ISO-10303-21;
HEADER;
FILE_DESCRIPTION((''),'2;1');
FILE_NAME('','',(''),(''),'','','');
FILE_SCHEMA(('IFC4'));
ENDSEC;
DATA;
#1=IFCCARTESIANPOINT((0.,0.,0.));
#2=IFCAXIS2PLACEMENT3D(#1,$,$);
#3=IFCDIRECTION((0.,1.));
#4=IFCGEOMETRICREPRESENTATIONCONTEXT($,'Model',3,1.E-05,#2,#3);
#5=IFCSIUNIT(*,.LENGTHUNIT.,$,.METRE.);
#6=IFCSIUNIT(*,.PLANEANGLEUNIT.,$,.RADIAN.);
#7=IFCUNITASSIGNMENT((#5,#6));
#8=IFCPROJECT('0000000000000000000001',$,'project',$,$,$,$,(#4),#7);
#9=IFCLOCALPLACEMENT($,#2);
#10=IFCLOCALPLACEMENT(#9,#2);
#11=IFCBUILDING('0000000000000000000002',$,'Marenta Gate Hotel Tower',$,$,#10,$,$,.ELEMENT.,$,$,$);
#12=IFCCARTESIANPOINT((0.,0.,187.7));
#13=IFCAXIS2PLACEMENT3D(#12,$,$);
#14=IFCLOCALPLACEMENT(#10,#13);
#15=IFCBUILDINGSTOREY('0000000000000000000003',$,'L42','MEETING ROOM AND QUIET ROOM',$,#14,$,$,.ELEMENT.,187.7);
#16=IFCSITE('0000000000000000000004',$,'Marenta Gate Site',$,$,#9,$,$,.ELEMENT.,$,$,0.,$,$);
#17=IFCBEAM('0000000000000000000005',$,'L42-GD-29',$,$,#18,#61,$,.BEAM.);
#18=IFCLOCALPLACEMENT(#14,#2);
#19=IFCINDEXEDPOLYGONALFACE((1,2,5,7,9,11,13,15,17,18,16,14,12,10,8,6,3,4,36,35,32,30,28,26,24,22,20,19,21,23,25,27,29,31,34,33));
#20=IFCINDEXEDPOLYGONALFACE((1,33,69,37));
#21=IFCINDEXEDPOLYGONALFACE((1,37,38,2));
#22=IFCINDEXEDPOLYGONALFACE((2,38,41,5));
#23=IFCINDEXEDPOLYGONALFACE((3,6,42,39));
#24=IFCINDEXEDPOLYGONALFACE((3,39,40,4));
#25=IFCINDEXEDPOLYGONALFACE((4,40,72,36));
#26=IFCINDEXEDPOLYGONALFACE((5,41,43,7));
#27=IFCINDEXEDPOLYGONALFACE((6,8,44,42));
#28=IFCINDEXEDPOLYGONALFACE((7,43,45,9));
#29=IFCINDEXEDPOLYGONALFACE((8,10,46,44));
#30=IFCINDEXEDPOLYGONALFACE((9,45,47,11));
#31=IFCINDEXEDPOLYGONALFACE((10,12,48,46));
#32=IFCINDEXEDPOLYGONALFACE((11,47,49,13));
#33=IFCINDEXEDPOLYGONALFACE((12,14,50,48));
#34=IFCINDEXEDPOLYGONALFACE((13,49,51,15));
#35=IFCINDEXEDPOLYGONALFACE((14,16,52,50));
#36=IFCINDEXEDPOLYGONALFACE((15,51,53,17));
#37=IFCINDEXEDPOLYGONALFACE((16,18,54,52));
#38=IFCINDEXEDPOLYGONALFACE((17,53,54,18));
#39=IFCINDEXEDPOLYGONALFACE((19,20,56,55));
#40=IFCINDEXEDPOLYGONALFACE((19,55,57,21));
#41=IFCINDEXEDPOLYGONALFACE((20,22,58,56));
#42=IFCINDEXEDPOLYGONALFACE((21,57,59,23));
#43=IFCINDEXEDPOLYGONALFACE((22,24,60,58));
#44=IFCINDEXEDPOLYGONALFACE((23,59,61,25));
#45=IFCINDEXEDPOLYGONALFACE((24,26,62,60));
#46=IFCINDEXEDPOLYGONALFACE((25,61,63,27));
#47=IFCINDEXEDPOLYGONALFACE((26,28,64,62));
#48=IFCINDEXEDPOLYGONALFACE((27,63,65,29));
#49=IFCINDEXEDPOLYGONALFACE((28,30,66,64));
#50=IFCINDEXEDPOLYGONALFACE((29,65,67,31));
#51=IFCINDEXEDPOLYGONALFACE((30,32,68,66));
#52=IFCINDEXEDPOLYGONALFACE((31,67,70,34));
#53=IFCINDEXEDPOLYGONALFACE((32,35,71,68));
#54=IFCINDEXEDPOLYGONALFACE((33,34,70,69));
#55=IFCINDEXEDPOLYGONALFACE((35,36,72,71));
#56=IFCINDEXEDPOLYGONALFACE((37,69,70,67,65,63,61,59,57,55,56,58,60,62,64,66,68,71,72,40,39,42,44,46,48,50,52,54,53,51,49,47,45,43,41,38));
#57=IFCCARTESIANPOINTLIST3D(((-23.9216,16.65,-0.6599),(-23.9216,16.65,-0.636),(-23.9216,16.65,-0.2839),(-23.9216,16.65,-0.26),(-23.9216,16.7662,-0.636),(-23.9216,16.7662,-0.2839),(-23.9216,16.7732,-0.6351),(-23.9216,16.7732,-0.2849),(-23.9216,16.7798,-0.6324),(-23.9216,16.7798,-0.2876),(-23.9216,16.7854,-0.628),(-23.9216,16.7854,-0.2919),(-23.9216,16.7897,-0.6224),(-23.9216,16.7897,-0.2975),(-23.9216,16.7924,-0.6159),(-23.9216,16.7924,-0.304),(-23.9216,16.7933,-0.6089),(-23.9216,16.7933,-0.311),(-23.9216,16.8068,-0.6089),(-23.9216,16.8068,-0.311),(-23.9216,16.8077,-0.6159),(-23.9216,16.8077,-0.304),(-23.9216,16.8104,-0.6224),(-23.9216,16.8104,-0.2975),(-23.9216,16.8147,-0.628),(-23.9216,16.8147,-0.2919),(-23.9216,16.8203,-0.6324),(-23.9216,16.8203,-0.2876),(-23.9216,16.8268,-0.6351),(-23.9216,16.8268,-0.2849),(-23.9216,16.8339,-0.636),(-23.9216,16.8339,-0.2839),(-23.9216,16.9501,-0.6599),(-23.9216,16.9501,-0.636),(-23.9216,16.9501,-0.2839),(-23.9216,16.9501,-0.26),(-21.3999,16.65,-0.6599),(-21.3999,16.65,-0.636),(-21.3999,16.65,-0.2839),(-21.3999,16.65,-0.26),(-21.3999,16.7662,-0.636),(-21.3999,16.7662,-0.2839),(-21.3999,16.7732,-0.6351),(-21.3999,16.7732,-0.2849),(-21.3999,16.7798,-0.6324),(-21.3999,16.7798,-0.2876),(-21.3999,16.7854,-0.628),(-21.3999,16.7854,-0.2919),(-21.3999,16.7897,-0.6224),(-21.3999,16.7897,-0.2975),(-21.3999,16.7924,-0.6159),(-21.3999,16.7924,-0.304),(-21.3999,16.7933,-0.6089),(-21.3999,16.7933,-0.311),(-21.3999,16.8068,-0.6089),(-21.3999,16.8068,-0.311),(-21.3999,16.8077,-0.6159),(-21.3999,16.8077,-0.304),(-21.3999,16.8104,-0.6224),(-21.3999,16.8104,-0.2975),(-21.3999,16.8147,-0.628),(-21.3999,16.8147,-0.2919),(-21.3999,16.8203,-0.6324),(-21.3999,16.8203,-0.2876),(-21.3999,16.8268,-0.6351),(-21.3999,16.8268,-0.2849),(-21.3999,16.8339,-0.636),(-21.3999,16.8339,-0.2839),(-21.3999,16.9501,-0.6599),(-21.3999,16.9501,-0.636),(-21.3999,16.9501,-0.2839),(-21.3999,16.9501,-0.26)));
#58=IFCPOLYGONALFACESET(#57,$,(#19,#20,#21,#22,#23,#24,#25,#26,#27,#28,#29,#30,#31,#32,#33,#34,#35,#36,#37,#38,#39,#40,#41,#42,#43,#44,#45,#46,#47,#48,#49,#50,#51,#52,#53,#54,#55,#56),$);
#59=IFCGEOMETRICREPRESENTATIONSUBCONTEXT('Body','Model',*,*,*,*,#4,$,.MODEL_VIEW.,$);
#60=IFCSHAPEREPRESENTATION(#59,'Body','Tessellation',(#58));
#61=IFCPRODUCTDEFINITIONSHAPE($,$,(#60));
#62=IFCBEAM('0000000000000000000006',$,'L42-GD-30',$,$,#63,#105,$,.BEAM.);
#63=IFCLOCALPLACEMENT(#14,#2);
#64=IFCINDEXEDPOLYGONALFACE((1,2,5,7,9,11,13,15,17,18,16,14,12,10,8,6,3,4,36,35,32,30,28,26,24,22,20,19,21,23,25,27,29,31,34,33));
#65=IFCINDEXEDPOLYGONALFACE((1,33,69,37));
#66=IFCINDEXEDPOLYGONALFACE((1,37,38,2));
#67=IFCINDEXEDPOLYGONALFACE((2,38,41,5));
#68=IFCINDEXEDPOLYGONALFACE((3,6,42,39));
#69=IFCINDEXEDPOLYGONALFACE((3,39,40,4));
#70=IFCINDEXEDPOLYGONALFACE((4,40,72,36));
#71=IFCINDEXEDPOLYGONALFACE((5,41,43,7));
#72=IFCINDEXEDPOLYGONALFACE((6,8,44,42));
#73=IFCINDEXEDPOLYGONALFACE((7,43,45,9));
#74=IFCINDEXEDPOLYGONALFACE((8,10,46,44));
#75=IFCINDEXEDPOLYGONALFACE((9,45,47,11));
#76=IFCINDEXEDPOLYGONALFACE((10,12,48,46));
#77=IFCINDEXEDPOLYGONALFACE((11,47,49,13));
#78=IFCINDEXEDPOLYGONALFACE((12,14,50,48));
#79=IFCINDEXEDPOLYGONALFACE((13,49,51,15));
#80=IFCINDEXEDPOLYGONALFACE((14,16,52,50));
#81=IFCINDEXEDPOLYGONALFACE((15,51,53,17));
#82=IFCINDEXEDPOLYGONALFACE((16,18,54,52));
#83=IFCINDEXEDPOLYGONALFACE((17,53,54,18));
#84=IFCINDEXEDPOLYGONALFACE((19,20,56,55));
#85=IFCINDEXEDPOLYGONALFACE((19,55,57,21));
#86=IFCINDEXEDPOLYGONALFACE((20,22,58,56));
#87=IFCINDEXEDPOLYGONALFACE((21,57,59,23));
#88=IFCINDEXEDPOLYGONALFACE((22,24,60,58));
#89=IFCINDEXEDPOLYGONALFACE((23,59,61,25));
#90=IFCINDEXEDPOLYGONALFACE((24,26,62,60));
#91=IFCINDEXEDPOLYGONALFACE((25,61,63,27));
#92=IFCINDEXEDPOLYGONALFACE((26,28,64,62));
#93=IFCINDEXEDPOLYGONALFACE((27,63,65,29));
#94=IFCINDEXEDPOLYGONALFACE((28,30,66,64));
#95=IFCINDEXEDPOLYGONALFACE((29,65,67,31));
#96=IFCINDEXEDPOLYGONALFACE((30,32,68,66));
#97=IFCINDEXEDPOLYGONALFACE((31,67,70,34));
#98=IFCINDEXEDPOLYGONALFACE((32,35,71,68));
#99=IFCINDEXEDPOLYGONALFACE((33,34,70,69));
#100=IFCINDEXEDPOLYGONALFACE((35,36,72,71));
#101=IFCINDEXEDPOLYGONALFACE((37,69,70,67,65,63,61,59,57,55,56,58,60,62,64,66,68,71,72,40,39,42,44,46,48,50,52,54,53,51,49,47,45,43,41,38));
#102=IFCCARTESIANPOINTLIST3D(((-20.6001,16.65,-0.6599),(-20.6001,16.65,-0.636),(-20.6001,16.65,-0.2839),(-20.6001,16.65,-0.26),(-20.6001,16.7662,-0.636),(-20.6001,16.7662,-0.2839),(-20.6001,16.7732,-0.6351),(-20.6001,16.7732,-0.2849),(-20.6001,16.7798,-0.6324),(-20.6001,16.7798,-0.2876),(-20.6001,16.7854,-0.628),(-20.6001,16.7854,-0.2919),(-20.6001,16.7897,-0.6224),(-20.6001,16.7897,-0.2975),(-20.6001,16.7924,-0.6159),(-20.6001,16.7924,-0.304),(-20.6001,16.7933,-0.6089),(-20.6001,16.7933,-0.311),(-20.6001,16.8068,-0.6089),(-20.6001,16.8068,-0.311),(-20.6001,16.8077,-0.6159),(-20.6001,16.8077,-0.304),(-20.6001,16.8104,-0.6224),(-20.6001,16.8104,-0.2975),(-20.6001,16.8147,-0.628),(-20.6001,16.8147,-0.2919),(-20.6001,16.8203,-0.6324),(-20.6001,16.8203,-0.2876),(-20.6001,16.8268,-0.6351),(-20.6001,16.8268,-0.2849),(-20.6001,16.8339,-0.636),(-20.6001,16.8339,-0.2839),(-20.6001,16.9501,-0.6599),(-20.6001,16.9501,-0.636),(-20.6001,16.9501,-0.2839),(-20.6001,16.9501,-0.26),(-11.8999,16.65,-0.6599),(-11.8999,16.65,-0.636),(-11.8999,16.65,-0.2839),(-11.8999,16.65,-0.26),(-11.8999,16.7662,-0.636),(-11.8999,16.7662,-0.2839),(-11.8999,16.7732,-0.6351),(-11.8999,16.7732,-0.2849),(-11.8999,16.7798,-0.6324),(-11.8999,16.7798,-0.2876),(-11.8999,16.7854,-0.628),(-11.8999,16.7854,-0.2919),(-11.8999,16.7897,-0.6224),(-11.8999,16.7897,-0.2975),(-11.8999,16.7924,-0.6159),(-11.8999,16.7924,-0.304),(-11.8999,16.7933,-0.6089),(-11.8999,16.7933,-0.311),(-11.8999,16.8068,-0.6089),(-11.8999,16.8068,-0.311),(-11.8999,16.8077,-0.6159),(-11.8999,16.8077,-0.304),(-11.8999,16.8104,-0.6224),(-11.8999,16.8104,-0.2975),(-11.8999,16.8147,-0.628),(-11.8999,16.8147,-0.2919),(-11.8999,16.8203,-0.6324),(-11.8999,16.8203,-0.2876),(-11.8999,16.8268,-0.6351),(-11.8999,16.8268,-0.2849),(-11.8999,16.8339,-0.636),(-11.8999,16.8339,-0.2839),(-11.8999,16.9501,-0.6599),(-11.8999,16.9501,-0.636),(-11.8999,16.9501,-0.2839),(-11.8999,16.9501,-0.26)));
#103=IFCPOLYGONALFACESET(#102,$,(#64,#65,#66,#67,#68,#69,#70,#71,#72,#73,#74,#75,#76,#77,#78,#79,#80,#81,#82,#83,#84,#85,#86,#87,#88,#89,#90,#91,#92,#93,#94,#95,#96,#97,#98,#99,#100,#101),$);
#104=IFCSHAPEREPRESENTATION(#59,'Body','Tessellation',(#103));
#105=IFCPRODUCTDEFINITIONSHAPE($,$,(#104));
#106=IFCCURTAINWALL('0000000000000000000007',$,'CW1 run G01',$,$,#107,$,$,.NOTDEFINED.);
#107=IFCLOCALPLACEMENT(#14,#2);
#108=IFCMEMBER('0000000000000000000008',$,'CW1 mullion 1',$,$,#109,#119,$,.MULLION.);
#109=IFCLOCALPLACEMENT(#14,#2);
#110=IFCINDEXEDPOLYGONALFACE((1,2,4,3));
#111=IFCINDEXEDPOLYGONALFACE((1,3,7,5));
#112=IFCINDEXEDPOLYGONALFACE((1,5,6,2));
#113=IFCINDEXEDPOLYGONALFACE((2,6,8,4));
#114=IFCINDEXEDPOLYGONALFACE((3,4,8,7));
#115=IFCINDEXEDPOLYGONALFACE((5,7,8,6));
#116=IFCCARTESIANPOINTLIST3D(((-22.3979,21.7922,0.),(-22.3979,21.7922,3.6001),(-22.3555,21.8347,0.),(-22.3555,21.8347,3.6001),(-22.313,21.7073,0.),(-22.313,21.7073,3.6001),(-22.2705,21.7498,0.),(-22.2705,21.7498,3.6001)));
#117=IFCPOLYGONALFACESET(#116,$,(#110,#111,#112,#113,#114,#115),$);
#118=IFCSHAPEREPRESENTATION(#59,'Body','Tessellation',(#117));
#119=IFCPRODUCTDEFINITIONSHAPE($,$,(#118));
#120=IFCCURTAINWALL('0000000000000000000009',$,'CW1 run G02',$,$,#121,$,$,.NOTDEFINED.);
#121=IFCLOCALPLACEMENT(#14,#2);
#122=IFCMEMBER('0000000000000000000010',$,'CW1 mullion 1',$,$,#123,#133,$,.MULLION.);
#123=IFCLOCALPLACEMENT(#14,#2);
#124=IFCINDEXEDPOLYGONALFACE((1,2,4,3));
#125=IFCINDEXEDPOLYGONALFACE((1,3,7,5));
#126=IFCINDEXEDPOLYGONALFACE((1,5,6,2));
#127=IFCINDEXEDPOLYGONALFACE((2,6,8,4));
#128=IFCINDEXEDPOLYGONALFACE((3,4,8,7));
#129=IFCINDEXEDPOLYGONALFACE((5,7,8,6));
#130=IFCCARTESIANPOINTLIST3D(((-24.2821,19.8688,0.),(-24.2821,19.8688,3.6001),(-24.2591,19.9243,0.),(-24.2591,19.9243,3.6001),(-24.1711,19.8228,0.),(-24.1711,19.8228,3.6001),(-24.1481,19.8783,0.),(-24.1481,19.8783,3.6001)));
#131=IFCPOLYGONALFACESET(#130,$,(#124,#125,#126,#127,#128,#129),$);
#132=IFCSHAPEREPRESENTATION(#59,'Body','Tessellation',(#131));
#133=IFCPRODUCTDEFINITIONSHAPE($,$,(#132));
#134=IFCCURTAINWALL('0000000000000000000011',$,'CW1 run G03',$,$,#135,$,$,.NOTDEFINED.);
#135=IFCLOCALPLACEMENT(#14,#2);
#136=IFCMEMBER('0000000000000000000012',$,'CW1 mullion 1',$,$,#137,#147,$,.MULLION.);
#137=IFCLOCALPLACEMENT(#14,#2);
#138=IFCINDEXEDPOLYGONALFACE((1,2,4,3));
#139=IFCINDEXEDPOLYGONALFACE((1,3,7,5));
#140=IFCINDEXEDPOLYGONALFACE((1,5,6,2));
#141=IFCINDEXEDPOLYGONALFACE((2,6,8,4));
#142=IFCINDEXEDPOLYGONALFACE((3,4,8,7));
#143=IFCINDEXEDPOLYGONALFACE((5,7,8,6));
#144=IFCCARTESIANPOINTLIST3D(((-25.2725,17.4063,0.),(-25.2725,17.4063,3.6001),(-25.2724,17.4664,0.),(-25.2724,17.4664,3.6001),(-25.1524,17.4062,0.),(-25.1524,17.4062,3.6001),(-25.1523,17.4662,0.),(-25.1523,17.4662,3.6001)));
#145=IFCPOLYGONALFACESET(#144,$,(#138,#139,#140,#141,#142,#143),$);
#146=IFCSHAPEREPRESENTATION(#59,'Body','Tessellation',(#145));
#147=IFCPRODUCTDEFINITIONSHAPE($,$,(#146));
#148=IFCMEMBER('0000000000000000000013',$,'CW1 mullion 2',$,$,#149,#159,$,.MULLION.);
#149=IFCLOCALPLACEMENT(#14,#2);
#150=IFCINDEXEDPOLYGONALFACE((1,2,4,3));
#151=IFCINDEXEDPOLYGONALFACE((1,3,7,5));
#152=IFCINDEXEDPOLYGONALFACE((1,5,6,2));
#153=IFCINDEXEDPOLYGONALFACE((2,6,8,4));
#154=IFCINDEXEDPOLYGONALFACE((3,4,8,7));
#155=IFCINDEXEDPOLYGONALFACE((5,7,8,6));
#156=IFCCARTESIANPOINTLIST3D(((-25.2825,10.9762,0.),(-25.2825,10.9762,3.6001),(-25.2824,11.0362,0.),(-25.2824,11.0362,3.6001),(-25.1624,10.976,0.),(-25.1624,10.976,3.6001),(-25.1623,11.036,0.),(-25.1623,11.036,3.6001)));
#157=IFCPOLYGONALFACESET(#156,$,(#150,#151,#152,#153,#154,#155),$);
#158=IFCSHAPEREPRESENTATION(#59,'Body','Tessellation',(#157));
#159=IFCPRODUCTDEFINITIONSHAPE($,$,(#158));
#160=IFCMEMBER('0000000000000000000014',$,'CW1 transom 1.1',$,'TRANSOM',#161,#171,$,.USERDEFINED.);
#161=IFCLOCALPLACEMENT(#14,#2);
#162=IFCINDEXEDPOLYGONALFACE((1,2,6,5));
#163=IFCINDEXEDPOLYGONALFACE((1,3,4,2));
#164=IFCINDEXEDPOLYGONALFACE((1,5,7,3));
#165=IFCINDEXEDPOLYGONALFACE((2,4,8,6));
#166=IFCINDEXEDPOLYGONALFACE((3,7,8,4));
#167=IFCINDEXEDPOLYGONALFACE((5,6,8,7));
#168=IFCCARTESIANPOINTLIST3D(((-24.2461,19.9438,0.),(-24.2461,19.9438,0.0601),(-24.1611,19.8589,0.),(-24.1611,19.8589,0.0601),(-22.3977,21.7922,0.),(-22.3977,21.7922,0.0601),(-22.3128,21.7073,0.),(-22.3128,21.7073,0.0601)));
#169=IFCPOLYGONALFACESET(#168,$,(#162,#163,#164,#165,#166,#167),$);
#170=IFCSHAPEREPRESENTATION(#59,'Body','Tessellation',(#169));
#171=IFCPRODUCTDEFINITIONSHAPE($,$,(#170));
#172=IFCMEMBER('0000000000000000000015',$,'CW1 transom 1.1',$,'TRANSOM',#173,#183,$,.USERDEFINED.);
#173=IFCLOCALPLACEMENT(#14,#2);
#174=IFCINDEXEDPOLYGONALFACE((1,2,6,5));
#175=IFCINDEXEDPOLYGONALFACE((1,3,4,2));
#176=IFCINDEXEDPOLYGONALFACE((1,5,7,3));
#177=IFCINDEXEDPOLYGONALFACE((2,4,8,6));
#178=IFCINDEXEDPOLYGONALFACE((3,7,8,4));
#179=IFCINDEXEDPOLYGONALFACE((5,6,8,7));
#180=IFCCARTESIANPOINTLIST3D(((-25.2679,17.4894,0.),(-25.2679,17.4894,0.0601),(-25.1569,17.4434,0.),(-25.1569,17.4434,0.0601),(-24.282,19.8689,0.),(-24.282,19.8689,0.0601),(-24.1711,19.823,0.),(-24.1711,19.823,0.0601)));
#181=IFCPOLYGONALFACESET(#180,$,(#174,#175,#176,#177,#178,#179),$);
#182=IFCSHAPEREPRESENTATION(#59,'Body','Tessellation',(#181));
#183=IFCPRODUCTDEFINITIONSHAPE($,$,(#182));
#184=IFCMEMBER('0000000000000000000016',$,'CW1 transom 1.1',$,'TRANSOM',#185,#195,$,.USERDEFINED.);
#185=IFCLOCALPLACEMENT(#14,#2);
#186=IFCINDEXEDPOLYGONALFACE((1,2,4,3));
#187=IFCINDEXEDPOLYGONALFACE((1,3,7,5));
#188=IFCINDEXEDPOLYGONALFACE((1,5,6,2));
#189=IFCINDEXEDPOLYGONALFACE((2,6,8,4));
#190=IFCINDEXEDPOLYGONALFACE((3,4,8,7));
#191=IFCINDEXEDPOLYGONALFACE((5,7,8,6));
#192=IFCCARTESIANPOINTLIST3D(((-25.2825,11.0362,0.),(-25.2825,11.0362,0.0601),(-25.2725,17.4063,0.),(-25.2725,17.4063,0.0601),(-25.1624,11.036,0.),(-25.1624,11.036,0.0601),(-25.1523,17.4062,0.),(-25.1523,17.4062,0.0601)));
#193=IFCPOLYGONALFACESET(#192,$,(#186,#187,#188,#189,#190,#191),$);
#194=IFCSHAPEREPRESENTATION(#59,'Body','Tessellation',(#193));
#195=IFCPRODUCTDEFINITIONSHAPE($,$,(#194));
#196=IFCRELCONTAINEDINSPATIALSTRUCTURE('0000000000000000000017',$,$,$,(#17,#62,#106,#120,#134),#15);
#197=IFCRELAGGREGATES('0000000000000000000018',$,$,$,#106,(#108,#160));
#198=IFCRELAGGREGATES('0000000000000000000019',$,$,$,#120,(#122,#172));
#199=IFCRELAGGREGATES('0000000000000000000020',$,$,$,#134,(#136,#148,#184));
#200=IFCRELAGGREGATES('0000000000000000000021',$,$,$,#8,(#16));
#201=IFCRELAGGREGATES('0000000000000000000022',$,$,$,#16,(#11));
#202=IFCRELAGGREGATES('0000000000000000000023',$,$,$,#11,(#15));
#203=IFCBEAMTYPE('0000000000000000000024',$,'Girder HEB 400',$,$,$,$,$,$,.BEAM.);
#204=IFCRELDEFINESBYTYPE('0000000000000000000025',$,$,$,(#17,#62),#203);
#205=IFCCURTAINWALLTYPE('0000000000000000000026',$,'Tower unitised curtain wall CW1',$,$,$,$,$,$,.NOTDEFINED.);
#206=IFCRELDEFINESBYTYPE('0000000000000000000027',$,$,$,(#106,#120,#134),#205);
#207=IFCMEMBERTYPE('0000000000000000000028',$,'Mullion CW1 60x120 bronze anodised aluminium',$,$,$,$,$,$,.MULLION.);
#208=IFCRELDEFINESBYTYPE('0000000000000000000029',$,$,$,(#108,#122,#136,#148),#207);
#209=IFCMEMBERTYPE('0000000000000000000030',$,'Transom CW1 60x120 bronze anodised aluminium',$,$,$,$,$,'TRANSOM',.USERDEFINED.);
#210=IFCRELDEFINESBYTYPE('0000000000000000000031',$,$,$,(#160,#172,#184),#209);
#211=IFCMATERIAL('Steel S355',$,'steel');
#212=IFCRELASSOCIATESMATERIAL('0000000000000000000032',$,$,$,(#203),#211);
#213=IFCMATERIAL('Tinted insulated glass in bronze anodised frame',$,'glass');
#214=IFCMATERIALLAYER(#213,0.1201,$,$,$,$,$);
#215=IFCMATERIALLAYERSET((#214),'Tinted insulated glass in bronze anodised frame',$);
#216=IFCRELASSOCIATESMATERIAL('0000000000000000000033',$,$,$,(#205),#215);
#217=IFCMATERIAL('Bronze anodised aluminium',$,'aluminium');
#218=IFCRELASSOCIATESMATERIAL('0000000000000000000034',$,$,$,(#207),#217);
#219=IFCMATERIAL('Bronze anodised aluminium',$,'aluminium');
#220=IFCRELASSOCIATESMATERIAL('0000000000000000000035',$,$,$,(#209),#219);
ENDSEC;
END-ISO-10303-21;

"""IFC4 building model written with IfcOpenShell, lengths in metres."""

from ifc_helpers import new_model, si_unit, direction, frame, origin, origin_2d, place, context, subcontext, project, spatial, rectangle, i_section, extrude, material, layer, layer_set, material_profile, profile_set, type_object, element, aggregate, save


model = new_model("IFC4")

# Units and contexts
model_context = context("Model", 3, precision=1e-05, world=origin(), true_north=direction((0.0, 1.0)))
body_context = subcontext(model_context, "Body", "Model", "MODEL_VIEW")
ifc_project = project(units=[si_unit("LENGTHUNIT", "METRE"), si_unit("PLANEANGLEUNIT", "RADIAN")], contexts=[model_context])

# Site, building, storey
site_placement = place(None, origin())
site = spatial("IfcSite", under=ifc_project, at=site_placement, Name="Marenta Gate Site", CompositionType="ELEMENT", RefElevation=0.0)
building_placement = place(site_placement, origin())
building = spatial("IfcBuilding", under=site, at=building_placement, Name="Marenta Gate Hotel Tower", CompositionType="ELEMENT")
storey_placement = place(building_placement, frame((0.0, 0.0, 187.7)))
storey = spatial("IfcBuildingStorey", under=building, at=storey_placement, Name="L42", Description="MEETING ROOM AND QUIET ROOM", CompositionType="ELEMENT", Elevation=187.7)

# Beams
ifc_material_1 = material(Name="Steel S355", Category="steel")
ifc_material_profile_1 = material_profile(ifc_material_1, i_section(OverallWidth=0.3, OverallDepth=0.3999, WebThickness=0.0134, FlangeThickness=0.0239, FilletRadius=0.0271, at=origin_2d()), Name="HEB 400")
ifc_profile_set_1 = profile_set([ifc_material_profile_1], Name="Steel S355")
beam_type_1 = type_object("IfcBeamType", Name="Girder HEB 400", PredefinedType="BEAM", material=ifc_profile_set_1)
beam_1_placement = place(storey_placement, frame((-23.9216, 16.8, -0.46), z_axis=(1.0, 0.0, 0.0), x_axis=(0.0, 1.0, 0.0)))
element("IfcBeam", 1, at=beam_1_placement, inside=storey, type_object=beam_type_1, Name="L42-GD-29", PredefinedType="BEAM", context=body_context, shape_type="SweptSolid", body=[
    extrude(i_section(OverallWidth=0.3, OverallDepth=0.3999, WebThickness=0.0134, FlangeThickness=0.0239, FilletRadius=0.0271, at=origin_2d()), origin(), (0.0, 0.0, 1.0), 2.5217),
])
beam_2_placement = place(storey_placement, frame((-20.6001, 16.8, -0.46), z_axis=(1.0, 0.0, 0.0), x_axis=(0.0, 1.0, 0.0)))
element("IfcBeam", 2, at=beam_2_placement, inside=storey, type_object=beam_type_1, Name="L42-GD-30", PredefinedType="BEAM", context=body_context, shape_type="SweptSolid", body=[
    extrude(i_section(OverallWidth=0.3, OverallDepth=0.3999, WebThickness=0.0134, FlangeThickness=0.0239, FilletRadius=0.0271, at=origin_2d()), origin(), (0.0, 0.0, 1.0), 8.7002),
])

# Curtain walls, members
ifc_material_2 = material(Name="Tinted insulated glass in bronze anodised frame", Category="glass")
ifc_layer_1 = layer(ifc_material_2, 0.1201)
ifc_layer_set_1 = layer_set([ifc_layer_1], Name="Tinted insulated glass in bronze anodised frame")
curtain_wall_type = type_object("IfcCurtainWallType", Name="Tower unitised curtain wall CW1", PredefinedType="NOTDEFINED", material=ifc_layer_set_1)
curtain_wall_1_placement = place(storey_placement, origin())
curtain_wall_1 = element("IfcCurtainWall", 3, at=curtain_wall_1_placement, inside=storey, type_object=curtain_wall_type, Name="CW1 run G01", PredefinedType="NOTDEFINED")
ifc_material_3 = material(Name="Bronze anodised aluminium", Category="aluminium")
ifc_material_profile_2 = material_profile(ifc_material_3, rectangle(XDim=0.1201, YDim=0.0601, at=origin_2d()), Name="Mullion CW1 60x120 bronze anodised aluminium")
ifc_profile_set_2 = profile_set([ifc_material_profile_2], Name="Bronze anodised aluminium")
member_type_1 = type_object("IfcMemberType", Name="Mullion CW1 60x120 bronze anodised aluminium", PredefinedType="MULLION", material=ifc_profile_set_2)
member_1_placement = place(storey_placement, frame((-22.3342, 21.771, 0.0), z_axis=(0.0, 0.0, 1.0), x_axis=(0.707107, -0.707107, 0.0)))
member_1 = element("IfcMember", 4, at=member_1_placement, type_object=member_type_1, Name="CW1 mullion 1", PredefinedType="MULLION", context=body_context, shape_type="SweptSolid", body=[
    extrude(rectangle(XDim=0.1201, YDim=0.0601, at=origin_2d()), origin(), (0.0, 0.0, 1.0), 3.6001),
])
curtain_wall_2_placement = place(storey_placement, origin())
curtain_wall_2 = element("IfcCurtainWall", 5, at=curtain_wall_2_placement, inside=storey, type_object=curtain_wall_type, Name="CW1 run G02", PredefinedType="NOTDEFINED")
member_2_placement = place(storey_placement, frame((-24.2151, 19.8735, 0.0), z_axis=(0.0, 0.0, 1.0), x_axis=(0.923886, -0.382667, 0.0)))
member_2 = element("IfcMember", 6, at=member_2_placement, type_object=member_type_1, Name="CW1 mullion 1", PredefinedType="MULLION", context=body_context, shape_type="SweptSolid", body=[
    extrude(rectangle(XDim=0.1201, YDim=0.0601, at=origin_2d()), origin(), (0.0, 0.0, 1.0), 3.6001),
])

# Curtain wall, members
curtain_wall_3_placement = place(storey_placement, origin())
curtain_wall_3 = element("IfcCurtainWall", 7, at=curtain_wall_3_placement, inside=storey, type_object=curtain_wall_type, Name="CW1 run G03", PredefinedType="NOTDEFINED")
member_3_placement = place(storey_placement, frame((-25.2124, 17.4363, 0.0), z_axis=(0.0, 0.0, 1.0), x_axis=(0.999999, -0.001566, 0.0)))
member_3 = element("IfcMember", 8, at=member_3_placement, type_object=member_type_1, Name="CW1 mullion 1", PredefinedType="MULLION", context=body_context, shape_type="SweptSolid", body=[
    extrude(rectangle(XDim=0.1201, YDim=0.0601, at=origin_2d()), origin(), (0.0, 0.0, 1.0), 3.6001),
])
member_4_placement = place(storey_placement, frame((-25.2224, 11.0061, 0.0), z_axis=(0.0, 0.0, 1.0), x_axis=(0.999999, -0.001566, 0.0)))
member_4 = element("IfcMember", 9, at=member_4_placement, type_object=member_type_1, Name="CW1 mullion 2", PredefinedType="MULLION", context=body_context, shape_type="SweptSolid", body=[
    extrude(rectangle(XDim=0.1201, YDim=0.0601, at=origin_2d()), origin(), (0.0, 0.0, 1.0), 3.6001),
])

# Members
ifc_material_4 = material(Name="Bronze anodised aluminium", Category="aluminium")
ifc_material_profile_3 = material_profile(ifc_material_4, rectangle(XDim=0.1201, YDim=0.0601, at=origin_2d()), Name="Transom CW1 60x120 bronze anodised aluminium")
ifc_profile_set_3 = profile_set([ifc_material_profile_3], Name="Bronze anodised aluminium")
member_type_2 = type_object("IfcMemberType", Name="Transom CW1 60x120 bronze anodised aluminium", ElementType="TRANSOM", PredefinedType="USERDEFINED", material=ifc_profile_set_3)
member_5_placement = place(storey_placement, frame((-22.3552, 21.7498, 0.03), z_axis=(-0.707107, -0.707107, 0.0), x_axis=(0.707107, -0.707107, 0.0)))
member_5 = element("IfcMember", 10, at=member_5_placement, type_object=member_type_2, Name="CW1 transom 1.1", ObjectType="TRANSOM", PredefinedType="USERDEFINED", context=body_context, shape_type="SweptSolid", body=[
    extrude(rectangle(XDim=0.1201, YDim=0.0601, at=origin_2d()), origin(), (0.0, 0.0, 1.0), 2.614),
])
member_6_placement = place(storey_placement, frame((-24.2266, 19.8459, 0.03), z_axis=(-0.382737, -0.923857, 0.0), x_axis=(0.923857, -0.382737, 0.0)))
member_6 = element("IfcMember", 11, at=member_6_placement, type_object=member_type_2, Name="CW1 transom 1.1", ObjectType="TRANSOM", PredefinedType="USERDEFINED", context=body_context, shape_type="SweptSolid", body=[
    extrude(rectangle(XDim=0.1201, YDim=0.0601, at=origin_2d()), origin(), (0.0, 0.0, 1.0), 2.5757),
])
member_7_placement = place(storey_placement, frame((-25.2124, 17.4062, 0.03), z_axis=(-0.001571, -0.999999, 0.0), x_axis=(0.999999, -0.001571, 0.0)))
member_7 = element("IfcMember", 12, at=member_7_placement, type_object=member_type_2, Name="CW1 transom 1.1", ObjectType="TRANSOM", PredefinedType="USERDEFINED", context=body_context, shape_type="SweptSolid", body=[
    extrude(rectangle(XDim=0.1201, YDim=0.0601, at=origin_2d()), origin(), (0.0, 0.0, 1.0), 6.3701),
])

aggregate(curtain_wall_1, [member_1, member_5])
aggregate(curtain_wall_2, [member_2, member_6])
aggregate(curtain_wall_3, [member_3, member_4, member_7])

save(model, "model.ifc")
